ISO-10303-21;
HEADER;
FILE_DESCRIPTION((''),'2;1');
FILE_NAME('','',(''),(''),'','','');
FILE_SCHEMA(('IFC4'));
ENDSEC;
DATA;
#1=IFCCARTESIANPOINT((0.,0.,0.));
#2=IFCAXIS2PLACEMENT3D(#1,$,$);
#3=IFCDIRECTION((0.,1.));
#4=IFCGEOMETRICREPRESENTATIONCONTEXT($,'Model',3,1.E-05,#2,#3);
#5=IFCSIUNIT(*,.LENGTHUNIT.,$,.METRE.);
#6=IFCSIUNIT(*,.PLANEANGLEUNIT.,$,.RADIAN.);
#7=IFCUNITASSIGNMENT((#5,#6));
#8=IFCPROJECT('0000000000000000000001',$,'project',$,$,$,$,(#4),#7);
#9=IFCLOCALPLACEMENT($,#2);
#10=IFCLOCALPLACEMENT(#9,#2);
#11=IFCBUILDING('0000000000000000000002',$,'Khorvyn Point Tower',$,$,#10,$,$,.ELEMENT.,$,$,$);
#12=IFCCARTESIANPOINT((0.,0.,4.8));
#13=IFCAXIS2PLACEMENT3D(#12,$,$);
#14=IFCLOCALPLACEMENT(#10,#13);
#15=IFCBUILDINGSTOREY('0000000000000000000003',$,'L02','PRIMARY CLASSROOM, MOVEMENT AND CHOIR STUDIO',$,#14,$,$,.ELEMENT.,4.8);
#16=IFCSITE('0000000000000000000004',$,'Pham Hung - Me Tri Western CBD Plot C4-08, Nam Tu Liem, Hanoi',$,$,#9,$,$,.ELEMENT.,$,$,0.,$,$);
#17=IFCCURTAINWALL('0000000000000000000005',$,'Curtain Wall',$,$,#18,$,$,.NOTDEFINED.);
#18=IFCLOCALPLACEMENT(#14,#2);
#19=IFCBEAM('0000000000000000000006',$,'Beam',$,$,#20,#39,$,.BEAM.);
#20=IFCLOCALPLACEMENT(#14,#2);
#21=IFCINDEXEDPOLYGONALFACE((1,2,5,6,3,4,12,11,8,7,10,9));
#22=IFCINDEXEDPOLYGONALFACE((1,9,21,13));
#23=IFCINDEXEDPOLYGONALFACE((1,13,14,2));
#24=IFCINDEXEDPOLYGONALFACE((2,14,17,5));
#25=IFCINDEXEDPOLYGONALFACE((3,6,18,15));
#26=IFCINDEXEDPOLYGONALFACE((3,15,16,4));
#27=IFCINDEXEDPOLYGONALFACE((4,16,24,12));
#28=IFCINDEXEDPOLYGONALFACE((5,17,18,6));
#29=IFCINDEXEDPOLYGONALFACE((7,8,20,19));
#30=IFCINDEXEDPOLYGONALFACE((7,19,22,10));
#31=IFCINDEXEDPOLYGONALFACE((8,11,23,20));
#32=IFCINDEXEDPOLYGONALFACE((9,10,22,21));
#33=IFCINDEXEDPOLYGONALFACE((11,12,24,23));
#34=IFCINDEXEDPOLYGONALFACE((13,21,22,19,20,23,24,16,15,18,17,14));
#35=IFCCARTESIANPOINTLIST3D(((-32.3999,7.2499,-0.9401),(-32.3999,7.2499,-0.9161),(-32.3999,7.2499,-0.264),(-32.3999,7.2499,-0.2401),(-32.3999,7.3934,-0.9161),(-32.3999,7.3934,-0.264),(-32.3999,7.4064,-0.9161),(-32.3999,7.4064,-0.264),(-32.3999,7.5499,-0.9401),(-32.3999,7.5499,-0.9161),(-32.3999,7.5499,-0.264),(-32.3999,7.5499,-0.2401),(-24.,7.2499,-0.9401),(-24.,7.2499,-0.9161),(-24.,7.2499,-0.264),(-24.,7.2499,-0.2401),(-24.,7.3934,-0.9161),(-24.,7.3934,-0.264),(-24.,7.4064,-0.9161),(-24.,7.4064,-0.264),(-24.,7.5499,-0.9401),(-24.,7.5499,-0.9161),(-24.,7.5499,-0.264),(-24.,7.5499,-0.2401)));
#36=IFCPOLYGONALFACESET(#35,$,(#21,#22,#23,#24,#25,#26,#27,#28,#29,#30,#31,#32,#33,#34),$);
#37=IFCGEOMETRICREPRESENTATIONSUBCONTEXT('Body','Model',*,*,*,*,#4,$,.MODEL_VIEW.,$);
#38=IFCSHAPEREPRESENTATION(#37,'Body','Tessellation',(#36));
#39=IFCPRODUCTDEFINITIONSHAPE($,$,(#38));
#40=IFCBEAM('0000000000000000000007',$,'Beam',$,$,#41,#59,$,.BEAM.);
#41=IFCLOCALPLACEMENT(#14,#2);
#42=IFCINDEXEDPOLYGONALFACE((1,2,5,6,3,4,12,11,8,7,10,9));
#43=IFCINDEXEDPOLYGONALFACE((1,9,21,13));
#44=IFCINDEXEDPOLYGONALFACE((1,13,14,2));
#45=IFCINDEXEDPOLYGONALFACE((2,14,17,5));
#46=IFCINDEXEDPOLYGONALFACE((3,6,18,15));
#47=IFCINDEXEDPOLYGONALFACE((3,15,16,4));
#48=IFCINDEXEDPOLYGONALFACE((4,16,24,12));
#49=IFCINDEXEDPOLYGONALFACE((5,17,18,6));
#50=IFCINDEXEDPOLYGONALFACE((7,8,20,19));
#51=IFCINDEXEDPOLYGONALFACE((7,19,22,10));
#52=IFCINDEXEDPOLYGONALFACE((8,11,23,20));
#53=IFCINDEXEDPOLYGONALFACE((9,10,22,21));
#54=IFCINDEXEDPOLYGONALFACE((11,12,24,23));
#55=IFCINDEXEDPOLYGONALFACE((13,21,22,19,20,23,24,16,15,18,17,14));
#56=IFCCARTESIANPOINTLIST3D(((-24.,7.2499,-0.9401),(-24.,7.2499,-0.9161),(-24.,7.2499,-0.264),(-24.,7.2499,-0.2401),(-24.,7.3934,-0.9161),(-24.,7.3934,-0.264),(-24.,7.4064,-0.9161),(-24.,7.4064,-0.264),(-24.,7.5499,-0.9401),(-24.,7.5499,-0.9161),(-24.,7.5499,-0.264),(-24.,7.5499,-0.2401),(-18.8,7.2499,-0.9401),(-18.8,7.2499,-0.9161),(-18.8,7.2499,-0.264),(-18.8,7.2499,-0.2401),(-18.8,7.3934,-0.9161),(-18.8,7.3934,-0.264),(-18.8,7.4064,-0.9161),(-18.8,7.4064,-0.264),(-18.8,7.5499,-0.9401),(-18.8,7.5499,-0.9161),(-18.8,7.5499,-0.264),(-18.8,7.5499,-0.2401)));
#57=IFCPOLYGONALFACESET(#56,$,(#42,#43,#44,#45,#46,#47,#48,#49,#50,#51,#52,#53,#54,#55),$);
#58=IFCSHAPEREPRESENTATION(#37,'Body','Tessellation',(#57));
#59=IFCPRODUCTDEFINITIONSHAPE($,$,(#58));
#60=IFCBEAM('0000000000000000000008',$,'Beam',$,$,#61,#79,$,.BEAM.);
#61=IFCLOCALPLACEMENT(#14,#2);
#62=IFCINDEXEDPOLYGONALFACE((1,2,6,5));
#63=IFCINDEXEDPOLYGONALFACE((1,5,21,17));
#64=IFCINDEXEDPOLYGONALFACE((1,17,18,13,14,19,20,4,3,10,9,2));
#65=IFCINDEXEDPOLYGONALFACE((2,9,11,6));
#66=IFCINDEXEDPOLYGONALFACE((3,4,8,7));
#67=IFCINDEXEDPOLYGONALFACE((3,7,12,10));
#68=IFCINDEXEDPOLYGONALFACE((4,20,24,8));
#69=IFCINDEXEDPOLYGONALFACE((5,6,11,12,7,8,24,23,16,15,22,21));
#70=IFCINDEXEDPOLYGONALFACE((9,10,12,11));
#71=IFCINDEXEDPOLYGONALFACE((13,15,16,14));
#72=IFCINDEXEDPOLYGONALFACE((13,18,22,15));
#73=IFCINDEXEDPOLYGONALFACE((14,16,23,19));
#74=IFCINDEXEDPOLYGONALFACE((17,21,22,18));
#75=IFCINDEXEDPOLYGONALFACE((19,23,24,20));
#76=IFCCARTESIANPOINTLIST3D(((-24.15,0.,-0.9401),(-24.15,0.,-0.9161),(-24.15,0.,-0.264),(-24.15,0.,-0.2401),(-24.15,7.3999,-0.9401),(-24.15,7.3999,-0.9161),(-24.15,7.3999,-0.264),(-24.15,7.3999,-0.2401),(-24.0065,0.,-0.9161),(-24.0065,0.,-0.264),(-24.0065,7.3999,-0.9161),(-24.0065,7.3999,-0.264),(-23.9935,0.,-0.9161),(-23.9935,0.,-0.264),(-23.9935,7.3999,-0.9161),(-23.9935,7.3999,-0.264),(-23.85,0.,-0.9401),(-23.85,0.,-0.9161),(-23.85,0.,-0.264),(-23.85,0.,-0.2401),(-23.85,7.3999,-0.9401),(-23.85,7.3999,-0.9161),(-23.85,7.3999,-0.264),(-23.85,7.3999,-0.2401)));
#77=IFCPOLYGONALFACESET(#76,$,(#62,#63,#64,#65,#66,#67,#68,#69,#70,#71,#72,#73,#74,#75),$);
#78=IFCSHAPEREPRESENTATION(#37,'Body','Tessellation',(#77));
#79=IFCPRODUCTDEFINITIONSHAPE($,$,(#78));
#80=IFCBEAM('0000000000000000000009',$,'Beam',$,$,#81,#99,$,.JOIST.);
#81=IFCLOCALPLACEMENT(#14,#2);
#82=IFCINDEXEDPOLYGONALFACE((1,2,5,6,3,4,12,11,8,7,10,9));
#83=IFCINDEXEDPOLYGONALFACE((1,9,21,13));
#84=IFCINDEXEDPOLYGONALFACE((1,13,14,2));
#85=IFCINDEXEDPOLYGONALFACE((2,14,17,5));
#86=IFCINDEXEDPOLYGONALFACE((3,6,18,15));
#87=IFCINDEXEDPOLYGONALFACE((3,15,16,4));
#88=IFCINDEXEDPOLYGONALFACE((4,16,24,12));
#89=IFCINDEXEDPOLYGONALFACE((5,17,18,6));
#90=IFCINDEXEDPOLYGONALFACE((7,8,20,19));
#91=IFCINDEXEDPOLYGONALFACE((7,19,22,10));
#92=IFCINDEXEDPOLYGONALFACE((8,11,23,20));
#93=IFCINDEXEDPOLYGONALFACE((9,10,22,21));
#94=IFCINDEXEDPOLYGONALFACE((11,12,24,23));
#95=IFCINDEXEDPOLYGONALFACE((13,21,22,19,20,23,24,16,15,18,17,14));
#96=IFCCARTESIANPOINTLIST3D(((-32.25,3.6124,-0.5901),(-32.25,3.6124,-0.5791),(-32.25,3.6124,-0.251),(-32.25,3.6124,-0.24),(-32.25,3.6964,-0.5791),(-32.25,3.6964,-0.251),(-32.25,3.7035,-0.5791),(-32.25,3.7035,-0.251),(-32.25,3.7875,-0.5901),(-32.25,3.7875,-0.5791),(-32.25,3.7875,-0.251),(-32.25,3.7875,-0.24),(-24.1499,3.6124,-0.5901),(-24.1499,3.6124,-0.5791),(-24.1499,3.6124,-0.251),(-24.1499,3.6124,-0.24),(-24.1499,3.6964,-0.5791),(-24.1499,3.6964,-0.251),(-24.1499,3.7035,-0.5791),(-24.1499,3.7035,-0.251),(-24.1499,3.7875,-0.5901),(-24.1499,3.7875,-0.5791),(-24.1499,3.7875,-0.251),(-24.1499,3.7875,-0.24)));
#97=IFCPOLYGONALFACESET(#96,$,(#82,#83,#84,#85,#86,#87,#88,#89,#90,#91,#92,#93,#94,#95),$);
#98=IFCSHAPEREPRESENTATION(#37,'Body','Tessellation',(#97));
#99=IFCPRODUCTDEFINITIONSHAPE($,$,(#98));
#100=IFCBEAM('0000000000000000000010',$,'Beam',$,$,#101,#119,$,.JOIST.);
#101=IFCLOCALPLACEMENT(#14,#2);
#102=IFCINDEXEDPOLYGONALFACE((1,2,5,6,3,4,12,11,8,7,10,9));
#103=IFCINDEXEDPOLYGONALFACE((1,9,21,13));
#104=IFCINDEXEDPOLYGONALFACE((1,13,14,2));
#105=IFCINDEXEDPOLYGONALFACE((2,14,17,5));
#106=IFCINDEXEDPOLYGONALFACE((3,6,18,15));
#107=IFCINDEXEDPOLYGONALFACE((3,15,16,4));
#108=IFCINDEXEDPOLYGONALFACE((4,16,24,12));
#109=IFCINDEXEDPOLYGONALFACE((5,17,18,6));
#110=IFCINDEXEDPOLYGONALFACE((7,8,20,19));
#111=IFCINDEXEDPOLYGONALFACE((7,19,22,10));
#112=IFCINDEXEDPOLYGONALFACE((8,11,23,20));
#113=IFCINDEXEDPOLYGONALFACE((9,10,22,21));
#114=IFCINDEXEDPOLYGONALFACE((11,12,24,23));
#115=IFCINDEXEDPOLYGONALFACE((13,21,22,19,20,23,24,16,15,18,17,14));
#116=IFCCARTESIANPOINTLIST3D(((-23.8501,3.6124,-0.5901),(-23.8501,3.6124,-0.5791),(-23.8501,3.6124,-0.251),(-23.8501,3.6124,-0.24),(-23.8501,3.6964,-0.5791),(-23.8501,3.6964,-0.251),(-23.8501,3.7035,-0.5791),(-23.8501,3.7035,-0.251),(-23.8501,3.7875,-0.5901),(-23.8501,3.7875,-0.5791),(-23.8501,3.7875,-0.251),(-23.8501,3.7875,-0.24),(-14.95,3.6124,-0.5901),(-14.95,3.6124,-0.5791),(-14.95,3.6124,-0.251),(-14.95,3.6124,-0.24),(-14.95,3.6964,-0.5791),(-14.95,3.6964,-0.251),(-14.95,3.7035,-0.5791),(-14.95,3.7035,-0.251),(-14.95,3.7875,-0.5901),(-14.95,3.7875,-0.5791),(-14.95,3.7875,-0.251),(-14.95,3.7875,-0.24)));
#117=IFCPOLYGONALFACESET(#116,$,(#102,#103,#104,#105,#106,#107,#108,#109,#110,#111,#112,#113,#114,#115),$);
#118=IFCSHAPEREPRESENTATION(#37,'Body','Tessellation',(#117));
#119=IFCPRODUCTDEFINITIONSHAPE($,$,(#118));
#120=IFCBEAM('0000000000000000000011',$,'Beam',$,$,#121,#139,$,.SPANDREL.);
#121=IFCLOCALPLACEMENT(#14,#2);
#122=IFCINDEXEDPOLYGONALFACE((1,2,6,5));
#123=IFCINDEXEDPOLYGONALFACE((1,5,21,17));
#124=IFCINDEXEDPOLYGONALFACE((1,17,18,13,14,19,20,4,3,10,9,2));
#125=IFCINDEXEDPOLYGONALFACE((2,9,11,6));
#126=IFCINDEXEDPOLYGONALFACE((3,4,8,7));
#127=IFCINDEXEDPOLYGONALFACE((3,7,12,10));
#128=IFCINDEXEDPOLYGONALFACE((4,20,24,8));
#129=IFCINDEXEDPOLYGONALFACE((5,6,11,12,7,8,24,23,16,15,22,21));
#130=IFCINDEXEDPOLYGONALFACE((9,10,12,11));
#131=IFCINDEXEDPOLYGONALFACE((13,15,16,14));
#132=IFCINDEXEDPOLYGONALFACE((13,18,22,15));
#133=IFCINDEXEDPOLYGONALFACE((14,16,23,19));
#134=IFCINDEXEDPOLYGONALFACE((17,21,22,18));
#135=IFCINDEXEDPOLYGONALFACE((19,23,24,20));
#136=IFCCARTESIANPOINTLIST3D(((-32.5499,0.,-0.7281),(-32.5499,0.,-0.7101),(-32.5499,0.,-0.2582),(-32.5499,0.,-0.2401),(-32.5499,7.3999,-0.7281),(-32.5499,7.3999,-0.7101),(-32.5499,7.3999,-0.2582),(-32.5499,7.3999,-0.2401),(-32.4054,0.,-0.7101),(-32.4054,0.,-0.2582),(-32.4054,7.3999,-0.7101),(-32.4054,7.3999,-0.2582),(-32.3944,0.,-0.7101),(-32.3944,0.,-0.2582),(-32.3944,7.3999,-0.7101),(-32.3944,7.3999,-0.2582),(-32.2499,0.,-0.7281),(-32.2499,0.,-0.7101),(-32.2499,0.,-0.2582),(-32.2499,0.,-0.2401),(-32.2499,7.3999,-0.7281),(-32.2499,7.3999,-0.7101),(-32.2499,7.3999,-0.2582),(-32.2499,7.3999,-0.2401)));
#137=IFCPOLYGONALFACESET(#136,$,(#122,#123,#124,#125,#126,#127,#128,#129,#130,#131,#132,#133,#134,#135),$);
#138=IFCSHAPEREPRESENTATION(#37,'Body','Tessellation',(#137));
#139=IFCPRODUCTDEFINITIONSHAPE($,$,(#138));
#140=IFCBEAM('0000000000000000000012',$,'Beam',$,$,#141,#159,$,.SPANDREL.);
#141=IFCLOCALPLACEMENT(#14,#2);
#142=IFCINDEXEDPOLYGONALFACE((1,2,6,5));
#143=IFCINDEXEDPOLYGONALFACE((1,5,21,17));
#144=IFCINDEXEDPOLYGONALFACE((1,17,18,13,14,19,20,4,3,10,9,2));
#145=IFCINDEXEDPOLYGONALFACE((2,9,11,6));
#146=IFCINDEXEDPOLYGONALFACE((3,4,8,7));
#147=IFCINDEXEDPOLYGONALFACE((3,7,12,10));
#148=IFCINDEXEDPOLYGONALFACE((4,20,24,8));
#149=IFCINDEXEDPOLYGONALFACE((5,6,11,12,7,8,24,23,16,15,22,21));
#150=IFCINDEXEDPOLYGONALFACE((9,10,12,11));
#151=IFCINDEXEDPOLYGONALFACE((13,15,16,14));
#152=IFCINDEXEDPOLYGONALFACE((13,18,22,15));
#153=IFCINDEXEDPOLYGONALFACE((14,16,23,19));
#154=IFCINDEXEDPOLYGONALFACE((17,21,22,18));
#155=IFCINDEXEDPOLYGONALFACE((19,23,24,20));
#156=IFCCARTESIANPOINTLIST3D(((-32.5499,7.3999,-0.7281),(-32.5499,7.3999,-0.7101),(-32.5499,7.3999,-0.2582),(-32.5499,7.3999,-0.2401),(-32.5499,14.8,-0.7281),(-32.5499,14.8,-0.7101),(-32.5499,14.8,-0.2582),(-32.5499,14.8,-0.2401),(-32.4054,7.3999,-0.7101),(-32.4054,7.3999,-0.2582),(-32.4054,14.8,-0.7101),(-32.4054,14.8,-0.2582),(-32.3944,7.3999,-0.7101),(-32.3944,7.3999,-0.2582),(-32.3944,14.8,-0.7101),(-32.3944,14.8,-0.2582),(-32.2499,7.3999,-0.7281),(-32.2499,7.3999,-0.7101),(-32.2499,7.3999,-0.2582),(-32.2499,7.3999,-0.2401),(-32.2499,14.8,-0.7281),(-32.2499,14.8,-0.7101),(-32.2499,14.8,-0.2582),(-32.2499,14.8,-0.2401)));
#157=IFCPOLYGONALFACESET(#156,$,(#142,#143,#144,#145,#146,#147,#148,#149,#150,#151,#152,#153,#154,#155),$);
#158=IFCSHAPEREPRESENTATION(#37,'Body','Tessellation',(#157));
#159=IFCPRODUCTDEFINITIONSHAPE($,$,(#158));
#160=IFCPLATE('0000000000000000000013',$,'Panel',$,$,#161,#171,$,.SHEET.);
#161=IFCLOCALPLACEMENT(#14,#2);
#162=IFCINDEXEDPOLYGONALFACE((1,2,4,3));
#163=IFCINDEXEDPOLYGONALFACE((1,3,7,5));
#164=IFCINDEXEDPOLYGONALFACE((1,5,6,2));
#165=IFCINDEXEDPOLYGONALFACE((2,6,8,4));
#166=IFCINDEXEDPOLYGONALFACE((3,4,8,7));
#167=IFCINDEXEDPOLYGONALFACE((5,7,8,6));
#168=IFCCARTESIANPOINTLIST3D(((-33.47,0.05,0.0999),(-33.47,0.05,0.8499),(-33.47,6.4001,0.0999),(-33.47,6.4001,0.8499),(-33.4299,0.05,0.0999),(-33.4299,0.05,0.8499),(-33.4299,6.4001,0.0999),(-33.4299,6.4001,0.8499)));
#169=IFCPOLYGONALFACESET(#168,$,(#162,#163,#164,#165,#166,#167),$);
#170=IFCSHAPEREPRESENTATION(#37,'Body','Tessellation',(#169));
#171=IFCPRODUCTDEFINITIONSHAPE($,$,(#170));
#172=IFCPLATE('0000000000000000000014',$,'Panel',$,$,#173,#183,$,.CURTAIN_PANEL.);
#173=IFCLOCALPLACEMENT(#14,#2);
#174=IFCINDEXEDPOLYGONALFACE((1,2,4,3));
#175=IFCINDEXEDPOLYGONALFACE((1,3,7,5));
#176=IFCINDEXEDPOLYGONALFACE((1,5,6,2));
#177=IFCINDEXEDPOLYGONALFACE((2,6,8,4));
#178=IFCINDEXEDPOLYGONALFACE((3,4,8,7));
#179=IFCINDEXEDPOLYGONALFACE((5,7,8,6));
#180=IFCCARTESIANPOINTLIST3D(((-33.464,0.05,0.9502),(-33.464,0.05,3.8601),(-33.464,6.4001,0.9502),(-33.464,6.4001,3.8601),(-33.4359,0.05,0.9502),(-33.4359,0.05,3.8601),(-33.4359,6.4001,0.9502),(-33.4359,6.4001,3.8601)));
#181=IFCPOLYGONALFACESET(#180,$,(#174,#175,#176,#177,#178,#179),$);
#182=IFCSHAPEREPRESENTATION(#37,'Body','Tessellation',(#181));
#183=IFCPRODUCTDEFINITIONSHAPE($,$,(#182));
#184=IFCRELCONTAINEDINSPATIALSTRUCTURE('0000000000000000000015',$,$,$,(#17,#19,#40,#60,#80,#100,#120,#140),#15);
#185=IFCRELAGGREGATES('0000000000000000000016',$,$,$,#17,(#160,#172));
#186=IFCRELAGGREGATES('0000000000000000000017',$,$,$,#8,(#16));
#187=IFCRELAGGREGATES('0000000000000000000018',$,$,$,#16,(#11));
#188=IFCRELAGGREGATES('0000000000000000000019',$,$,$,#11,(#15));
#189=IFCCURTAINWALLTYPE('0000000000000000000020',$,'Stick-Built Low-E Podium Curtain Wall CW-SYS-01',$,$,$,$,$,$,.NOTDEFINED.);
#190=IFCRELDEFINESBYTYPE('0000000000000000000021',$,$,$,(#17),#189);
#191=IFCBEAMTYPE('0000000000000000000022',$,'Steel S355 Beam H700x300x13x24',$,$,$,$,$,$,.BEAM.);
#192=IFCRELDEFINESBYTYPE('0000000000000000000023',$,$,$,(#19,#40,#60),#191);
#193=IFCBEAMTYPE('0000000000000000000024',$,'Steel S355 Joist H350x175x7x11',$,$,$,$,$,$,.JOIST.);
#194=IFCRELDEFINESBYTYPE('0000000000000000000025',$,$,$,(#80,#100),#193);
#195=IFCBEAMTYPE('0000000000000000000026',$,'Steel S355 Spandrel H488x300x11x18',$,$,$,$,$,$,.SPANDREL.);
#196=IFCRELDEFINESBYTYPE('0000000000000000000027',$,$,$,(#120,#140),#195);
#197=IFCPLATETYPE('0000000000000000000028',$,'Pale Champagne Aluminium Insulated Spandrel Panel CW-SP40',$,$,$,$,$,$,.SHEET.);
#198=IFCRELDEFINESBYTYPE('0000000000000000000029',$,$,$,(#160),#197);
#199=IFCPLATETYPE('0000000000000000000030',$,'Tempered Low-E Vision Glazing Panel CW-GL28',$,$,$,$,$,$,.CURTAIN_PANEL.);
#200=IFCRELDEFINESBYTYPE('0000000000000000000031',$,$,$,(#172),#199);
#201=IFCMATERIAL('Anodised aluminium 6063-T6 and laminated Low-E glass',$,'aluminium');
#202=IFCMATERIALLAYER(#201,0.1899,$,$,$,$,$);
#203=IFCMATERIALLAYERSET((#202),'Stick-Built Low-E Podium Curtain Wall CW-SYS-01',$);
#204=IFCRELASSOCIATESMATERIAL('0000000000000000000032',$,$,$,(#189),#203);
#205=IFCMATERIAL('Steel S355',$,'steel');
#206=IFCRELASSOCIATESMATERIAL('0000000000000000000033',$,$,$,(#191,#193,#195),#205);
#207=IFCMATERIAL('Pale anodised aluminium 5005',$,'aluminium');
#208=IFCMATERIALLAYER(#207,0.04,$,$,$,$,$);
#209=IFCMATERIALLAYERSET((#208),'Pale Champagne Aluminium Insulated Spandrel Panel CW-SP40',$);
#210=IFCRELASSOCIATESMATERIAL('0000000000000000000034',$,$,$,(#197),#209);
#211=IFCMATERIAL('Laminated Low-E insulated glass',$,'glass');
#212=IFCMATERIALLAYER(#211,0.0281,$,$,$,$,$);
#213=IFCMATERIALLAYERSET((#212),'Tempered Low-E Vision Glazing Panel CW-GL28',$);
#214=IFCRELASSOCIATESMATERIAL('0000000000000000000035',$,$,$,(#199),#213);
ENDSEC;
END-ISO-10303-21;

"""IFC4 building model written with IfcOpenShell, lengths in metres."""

from ifc_helpers import new_model, si_unit, direction, frame, origin, origin_2d, place, context, subcontext, project, spatial, rectangle, i_section, extrude, material, layer, layer_set, material_profile, profile_set, type_object, element, aggregate, save


model = new_model("IFC4")

# Units and contexts
model_context = context("Model", 3, precision=1e-05, world=origin(), true_north=direction((0.0, 1.0)))
body_context = subcontext(model_context, "Body", "Model", "MODEL_VIEW")
ifc_project = project(units=[si_unit("LENGTHUNIT", "METRE"), si_unit("PLANEANGLEUNIT", "RADIAN")], contexts=[model_context])

# Site, building, storey
site_placement = place(None, origin())
site = spatial("IfcSite", under=ifc_project, at=site_placement, Name="Pham Hung - Me Tri Western CBD Plot C4-08, Nam Tu Liem, Hanoi", CompositionType="ELEMENT", RefElevation=0.0)
building_placement = place(site_placement, origin())
building = spatial("IfcBuilding", under=site, at=building_placement, Name="Khorvyn Point Tower", CompositionType="ELEMENT")
storey_placement = place(building_placement, frame((0.0, 0.0, 4.8)))
storey = spatial("IfcBuildingStorey", under=building, at=storey_placement, Name="L02", Description="PRIMARY CLASSROOM, MOVEMENT AND CHOIR STUDIO", CompositionType="ELEMENT", Elevation=4.8)

# Curtain wall
ifc_material_1 = material(Name="Anodised aluminium 6063-T6 and laminated Low-E glass", Category="aluminium")
ifc_layer_1 = layer(ifc_material_1, 0.1899)
ifc_layer_set_1 = layer_set([ifc_layer_1], Name="Stick-Built Low-E Podium Curtain Wall CW-SYS-01")
curtain_wall_type = type_object("IfcCurtainWallType", Name="Stick-Built Low-E Podium Curtain Wall CW-SYS-01", PredefinedType="NOTDEFINED", material=ifc_layer_set_1)
curtain_wall_placement = place(storey_placement, origin())
curtain_wall = element("IfcCurtainWall", 1, at=curtain_wall_placement, inside=storey, type_object=curtain_wall_type, Name="Curtain Wall", PredefinedType="NOTDEFINED")

# Beams
ifc_material_2 = material(Name="Steel S355", Category="steel")
ifc_material_profile_1 = material_profile(ifc_material_2, i_section(OverallWidth=0.3, OverallDepth=0.7, WebThickness=0.0129, FlangeThickness=0.0239, at=origin_2d()))
ifc_profile_set_1 = profile_set([ifc_material_profile_1], Name="Steel S355 H700x300x13x24")
beam_type_1 = type_object("IfcBeamType", Name="Steel S355 Beam H700x300x13x24", PredefinedType="BEAM", material=ifc_profile_set_1)
beam_1_placement = place(storey_placement, frame((-32.3999, 7.3999, -0.5901), z_axis=(1.0, 0.0, 0.0), x_axis=(0.0, 1.0, 0.0)))
element("IfcBeam", 2, at=beam_1_placement, inside=storey, type_object=beam_type_1, Name="Beam", PredefinedType="BEAM", context=body_context, shape_type="SweptSolid", body=[
    extrude(i_section(OverallWidth=0.3, OverallDepth=0.7, WebThickness=0.0129, FlangeThickness=0.0239, at=origin_2d()), origin(), (0.0, 0.0, 1.0), 8.3999),
])
beam_2_placement = place(storey_placement, frame((-24.0, 7.3999, -0.5901), z_axis=(1.0, 0.0, 0.0), x_axis=(0.0, 1.0, 0.0)))
element("IfcBeam", 3, at=beam_2_placement, inside=storey, type_object=beam_type_1, Name="Beam", PredefinedType="BEAM", context=body_context, shape_type="SweptSolid", body=[
    extrude(i_section(OverallWidth=0.3, OverallDepth=0.7, WebThickness=0.0129, FlangeThickness=0.0239, at=origin_2d()), origin(), (0.0, 0.0, 1.0), 5.2),
])
beam_3_placement = place(storey_placement, frame((-24.0, 0.0, -0.5901), z_axis=(0.0, 1.0, 0.0), x_axis=(-1.0, 0.0, 0.0)))
element("IfcBeam", 4, at=beam_3_placement, inside=storey, type_object=beam_type_1, Name="Beam", PredefinedType="BEAM", context=body_context, shape_type="SweptSolid", body=[
    extrude(i_section(OverallWidth=0.3, OverallDepth=0.7, WebThickness=0.0129, FlangeThickness=0.0239, at=origin_2d()), origin(), (0.0, 0.0, 1.0), 7.3999),
])
ifc_material_profile_2 = material_profile(ifc_material_2, i_section(OverallWidth=0.175, OverallDepth=0.3501, WebThickness=0.0071, FlangeThickness=0.011, at=origin_2d()))
ifc_profile_set_2 = profile_set([ifc_material_profile_2], Name="Steel S355 H350x175x7x11")
beam_type_2 = type_object("IfcBeamType", Name="Steel S355 Joist H350x175x7x11", PredefinedType="JOIST", material=ifc_profile_set_2)
beam_4_placement = place(storey_placement, frame((-32.25, 3.7, -0.415), z_axis=(1.0, 0.0, 0.0), x_axis=(0.0, 1.0, 0.0)))
element("IfcBeam", 5, at=beam_4_placement, inside=storey, type_object=beam_type_2, Name="Beam", PredefinedType="JOIST", context=body_context, shape_type="SweptSolid", body=[
    extrude(i_section(OverallWidth=0.175, OverallDepth=0.3501, WebThickness=0.0071, FlangeThickness=0.011, at=origin_2d()), origin(), (0.0, 0.0, 1.0), 8.1001),
])
beam_5_placement = place(storey_placement, frame((-23.8501, 3.7, -0.415), z_axis=(1.0, 0.0, 0.0), x_axis=(0.0, 1.0, 0.0)))
element("IfcBeam", 6, at=beam_5_placement, inside=storey, type_object=beam_type_2, Name="Beam", PredefinedType="JOIST", context=body_context, shape_type="SweptSolid", body=[
    extrude(i_section(OverallWidth=0.175, OverallDepth=0.3501, WebThickness=0.0071, FlangeThickness=0.011, at=origin_2d()), origin(), (0.0, 0.0, 1.0), 8.9001),
])
ifc_material_profile_3 = material_profile(ifc_material_2, i_section(OverallWidth=0.3, OverallDepth=0.488, WebThickness=0.011, FlangeThickness=0.0181, at=origin_2d()))
ifc_profile_set_3 = profile_set([ifc_material_profile_3], Name="Steel S355 H488x300x11x18")
beam_type_3 = type_object("IfcBeamType", Name="Steel S355 Spandrel H488x300x11x18", PredefinedType="SPANDREL", material=ifc_profile_set_3)
beam_6_placement = place(storey_placement, frame((-32.3999, 0.0, -0.4841), z_axis=(0.0, 1.0, 0.0), x_axis=(-1.0, 0.0, 0.0)))
element("IfcBeam", 7, at=beam_6_placement, inside=storey, type_object=beam_type_3, Name="Beam", PredefinedType="SPANDREL", context=body_context, shape_type="SweptSolid", body=[
    extrude(i_section(OverallWidth=0.3, OverallDepth=0.488, WebThickness=0.011, FlangeThickness=0.0181, at=origin_2d()), origin(), (0.0, 0.0, 1.0), 7.3999),
])
beam_7_placement = place(storey_placement, frame((-32.3999, 7.3999, -0.4841), z_axis=(0.0, 1.0, 0.0), x_axis=(-1.0, 0.0, 0.0)))
element("IfcBeam", 8, at=beam_7_placement, inside=storey, type_object=beam_type_3, Name="Beam", PredefinedType="SPANDREL", context=body_context, shape_type="SweptSolid", body=[
    extrude(i_section(OverallWidth=0.3, OverallDepth=0.488, WebThickness=0.011, FlangeThickness=0.0181, at=origin_2d()), origin(), (0.0, 0.0, 1.0), 7.4001),
])

# Plates
ifc_material_3 = material(Name="Pale anodised aluminium 5005", Category="aluminium")
ifc_layer_2 = layer(ifc_material_3, 0.04)
ifc_layer_set_2 = layer_set([ifc_layer_2], Name="Pale Champagne Aluminium Insulated Spandrel Panel CW-SP40")
plate_type_1 = type_object("IfcPlateType", Name="Pale Champagne Aluminium Insulated Spandrel Panel CW-SP40", PredefinedType="SHEET", material=ifc_layer_set_2)
plate_1_placement = place(storey_placement, frame((-33.45, 3.2251, 0.0999), z_axis=(0.0, 0.0, 1.0), x_axis=(0.0, 1.0, 0.0)))
plate_1 = element("IfcPlate", 9, at=plate_1_placement, type_object=plate_type_1, Name="Panel", PredefinedType="SHEET", context=body_context, shape_type="SweptSolid", body=[
    extrude(rectangle(XDim=6.3501, YDim=0.04, at=origin_2d()), origin(), (0.0, 0.0, 1.0), 0.75),
])
ifc_material_4 = material(Name="Laminated Low-E insulated glass", Category="glass")
ifc_layer_3 = layer(ifc_material_4, 0.0281)
ifc_layer_set_3 = layer_set([ifc_layer_3], Name="Tempered Low-E Vision Glazing Panel CW-GL28")
plate_type_2 = type_object("IfcPlateType", Name="Tempered Low-E Vision Glazing Panel CW-GL28", PredefinedType="CURTAIN_PANEL", material=ifc_layer_set_3)
plate_2_placement = place(storey_placement, frame((-33.45, 3.2251, 0.9502), z_axis=(0.0, 0.0, 1.0), x_axis=(0.0, 1.0, 0.0)))
plate_2 = element("IfcPlate", 10, at=plate_2_placement, type_object=plate_type_2, Name="Panel", PredefinedType="CURTAIN_PANEL", context=body_context, shape_type="SweptSolid", body=[
    extrude(rectangle(XDim=6.3501, YDim=0.0281, at=origin_2d()), origin(), (0.0, 0.0, 1.0), 2.9099),
])
aggregate(curtain_wall, [plate_1, plate_2])

save(model, "model.ifc")
